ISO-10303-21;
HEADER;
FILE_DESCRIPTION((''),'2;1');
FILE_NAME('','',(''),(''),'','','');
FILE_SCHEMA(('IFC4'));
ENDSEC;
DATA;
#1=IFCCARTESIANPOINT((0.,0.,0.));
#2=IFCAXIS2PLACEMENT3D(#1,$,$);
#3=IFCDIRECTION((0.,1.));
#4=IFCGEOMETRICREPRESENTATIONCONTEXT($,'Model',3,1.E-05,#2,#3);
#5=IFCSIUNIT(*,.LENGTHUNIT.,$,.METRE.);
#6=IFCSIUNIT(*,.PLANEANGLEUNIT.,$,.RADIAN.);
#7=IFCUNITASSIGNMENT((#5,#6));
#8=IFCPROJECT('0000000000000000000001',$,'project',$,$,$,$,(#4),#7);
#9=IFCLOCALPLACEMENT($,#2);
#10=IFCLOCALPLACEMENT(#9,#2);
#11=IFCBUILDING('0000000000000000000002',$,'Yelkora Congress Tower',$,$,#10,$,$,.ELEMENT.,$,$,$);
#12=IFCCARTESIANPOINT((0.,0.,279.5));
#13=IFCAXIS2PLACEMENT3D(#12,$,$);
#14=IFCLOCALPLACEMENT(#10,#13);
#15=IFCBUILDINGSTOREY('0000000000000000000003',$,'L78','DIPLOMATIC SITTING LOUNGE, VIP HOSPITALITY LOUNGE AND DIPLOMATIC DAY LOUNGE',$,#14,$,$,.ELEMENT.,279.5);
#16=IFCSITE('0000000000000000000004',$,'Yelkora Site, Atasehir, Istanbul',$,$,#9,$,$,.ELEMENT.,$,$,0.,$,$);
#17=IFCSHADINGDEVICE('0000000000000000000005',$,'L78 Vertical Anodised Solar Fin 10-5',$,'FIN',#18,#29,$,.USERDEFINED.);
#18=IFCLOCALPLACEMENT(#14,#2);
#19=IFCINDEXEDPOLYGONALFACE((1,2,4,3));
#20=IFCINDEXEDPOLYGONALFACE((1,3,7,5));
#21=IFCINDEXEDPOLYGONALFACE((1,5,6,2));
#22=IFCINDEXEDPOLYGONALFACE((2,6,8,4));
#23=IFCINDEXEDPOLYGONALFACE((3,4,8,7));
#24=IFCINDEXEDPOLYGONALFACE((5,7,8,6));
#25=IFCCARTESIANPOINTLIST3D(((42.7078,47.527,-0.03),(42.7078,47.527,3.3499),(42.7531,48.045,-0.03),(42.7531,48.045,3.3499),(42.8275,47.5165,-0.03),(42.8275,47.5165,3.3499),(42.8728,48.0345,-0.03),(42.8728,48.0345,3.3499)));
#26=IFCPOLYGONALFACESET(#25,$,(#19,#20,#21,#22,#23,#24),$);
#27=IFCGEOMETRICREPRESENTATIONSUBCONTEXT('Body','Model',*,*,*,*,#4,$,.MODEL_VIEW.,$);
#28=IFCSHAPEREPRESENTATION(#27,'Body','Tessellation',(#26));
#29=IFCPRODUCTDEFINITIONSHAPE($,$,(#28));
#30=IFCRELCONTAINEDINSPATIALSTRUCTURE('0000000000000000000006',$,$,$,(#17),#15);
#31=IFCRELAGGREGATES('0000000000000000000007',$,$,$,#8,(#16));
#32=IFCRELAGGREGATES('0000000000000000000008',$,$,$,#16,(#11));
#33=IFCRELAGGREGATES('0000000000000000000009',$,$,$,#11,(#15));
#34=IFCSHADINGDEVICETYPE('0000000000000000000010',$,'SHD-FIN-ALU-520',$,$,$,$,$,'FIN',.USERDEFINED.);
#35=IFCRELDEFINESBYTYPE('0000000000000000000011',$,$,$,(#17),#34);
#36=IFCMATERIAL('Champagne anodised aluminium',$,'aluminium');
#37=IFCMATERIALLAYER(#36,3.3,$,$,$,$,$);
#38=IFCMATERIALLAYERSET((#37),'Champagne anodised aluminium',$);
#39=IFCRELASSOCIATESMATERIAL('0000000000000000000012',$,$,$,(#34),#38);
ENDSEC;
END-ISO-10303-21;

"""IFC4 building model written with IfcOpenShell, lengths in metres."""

from ifc_helpers import new_model, si_unit, direction, frame, origin, origin_2d, place, context, subcontext, project, spatial, rectangle, extrude, material, layer, layer_set, type_object, element, save


model = new_model("IFC4")

# Units and contexts
model_context = context("Model", 3, precision=1e-05, world=origin(), true_north=direction((0.0, 1.0)))
body_context = subcontext(model_context, "Body", "Model", "MODEL_VIEW")
ifc_project = project(units=[si_unit("LENGTHUNIT", "METRE"), si_unit("PLANEANGLEUNIT", "RADIAN")], contexts=[model_context])

# Site, building, storey
site_placement = place(None, origin())
site = spatial("IfcSite", under=ifc_project, at=site_placement, Name="Yelkora Site, Atasehir, Istanbul", CompositionType="ELEMENT", RefElevation=0.0)
building_placement = place(site_placement, origin())
building = spatial("IfcBuilding", under=site, at=building_placement, Name="Yelkora Congress Tower", CompositionType="ELEMENT")
storey_placement = place(building_placement, frame((0.0, 0.0, 279.5)))
storey = spatial("IfcBuildingStorey", under=building, at=storey_placement, Name="L78", Description="DIPLOMATIC SITTING LOUNGE, VIP HOSPITALITY LOUNGE AND DIPLOMATIC DAY LOUNGE", CompositionType="ELEMENT", Elevation=279.5)

# Shading device
ifc_material_1 = material(Name="Champagne anodised aluminium", Category="aluminium")
ifc_layer_1 = layer(ifc_material_1, 3.3)
ifc_layer_set_1 = layer_set([ifc_layer_1], Name="Champagne anodised aluminium")
shading_device_type = type_object("IfcShadingDeviceType", Name="SHD-FIN-ALU-520", ElementType="FIN", PredefinedType="USERDEFINED", material=ifc_layer_set_1)
for number, where, z_axis, x_axis, name in (
    (1, (42.7903, 47.7808, -0.03), (0.0, 0.0, 1.0), (0.996195, -0.087156, 0.0), "L78 Vertical Anodised Solar Fin 10-5"),
):
    element("IfcShadingDevice", number, at=place(storey_placement, frame(where, z_axis=z_axis, x_axis=x_axis)), inside=storey, type_object=shading_device_type, Name=name, ObjectType="FIN", PredefinedType="USERDEFINED", context=body_context, shape_type="SweptSolid", body=[
        extrude(rectangle(XDim=0.1201, YDim=0.52, at=origin_2d()), origin(), (0.0, 0.0, 1.0), 3.3799),
    ])

save(model, "model.ifc")
